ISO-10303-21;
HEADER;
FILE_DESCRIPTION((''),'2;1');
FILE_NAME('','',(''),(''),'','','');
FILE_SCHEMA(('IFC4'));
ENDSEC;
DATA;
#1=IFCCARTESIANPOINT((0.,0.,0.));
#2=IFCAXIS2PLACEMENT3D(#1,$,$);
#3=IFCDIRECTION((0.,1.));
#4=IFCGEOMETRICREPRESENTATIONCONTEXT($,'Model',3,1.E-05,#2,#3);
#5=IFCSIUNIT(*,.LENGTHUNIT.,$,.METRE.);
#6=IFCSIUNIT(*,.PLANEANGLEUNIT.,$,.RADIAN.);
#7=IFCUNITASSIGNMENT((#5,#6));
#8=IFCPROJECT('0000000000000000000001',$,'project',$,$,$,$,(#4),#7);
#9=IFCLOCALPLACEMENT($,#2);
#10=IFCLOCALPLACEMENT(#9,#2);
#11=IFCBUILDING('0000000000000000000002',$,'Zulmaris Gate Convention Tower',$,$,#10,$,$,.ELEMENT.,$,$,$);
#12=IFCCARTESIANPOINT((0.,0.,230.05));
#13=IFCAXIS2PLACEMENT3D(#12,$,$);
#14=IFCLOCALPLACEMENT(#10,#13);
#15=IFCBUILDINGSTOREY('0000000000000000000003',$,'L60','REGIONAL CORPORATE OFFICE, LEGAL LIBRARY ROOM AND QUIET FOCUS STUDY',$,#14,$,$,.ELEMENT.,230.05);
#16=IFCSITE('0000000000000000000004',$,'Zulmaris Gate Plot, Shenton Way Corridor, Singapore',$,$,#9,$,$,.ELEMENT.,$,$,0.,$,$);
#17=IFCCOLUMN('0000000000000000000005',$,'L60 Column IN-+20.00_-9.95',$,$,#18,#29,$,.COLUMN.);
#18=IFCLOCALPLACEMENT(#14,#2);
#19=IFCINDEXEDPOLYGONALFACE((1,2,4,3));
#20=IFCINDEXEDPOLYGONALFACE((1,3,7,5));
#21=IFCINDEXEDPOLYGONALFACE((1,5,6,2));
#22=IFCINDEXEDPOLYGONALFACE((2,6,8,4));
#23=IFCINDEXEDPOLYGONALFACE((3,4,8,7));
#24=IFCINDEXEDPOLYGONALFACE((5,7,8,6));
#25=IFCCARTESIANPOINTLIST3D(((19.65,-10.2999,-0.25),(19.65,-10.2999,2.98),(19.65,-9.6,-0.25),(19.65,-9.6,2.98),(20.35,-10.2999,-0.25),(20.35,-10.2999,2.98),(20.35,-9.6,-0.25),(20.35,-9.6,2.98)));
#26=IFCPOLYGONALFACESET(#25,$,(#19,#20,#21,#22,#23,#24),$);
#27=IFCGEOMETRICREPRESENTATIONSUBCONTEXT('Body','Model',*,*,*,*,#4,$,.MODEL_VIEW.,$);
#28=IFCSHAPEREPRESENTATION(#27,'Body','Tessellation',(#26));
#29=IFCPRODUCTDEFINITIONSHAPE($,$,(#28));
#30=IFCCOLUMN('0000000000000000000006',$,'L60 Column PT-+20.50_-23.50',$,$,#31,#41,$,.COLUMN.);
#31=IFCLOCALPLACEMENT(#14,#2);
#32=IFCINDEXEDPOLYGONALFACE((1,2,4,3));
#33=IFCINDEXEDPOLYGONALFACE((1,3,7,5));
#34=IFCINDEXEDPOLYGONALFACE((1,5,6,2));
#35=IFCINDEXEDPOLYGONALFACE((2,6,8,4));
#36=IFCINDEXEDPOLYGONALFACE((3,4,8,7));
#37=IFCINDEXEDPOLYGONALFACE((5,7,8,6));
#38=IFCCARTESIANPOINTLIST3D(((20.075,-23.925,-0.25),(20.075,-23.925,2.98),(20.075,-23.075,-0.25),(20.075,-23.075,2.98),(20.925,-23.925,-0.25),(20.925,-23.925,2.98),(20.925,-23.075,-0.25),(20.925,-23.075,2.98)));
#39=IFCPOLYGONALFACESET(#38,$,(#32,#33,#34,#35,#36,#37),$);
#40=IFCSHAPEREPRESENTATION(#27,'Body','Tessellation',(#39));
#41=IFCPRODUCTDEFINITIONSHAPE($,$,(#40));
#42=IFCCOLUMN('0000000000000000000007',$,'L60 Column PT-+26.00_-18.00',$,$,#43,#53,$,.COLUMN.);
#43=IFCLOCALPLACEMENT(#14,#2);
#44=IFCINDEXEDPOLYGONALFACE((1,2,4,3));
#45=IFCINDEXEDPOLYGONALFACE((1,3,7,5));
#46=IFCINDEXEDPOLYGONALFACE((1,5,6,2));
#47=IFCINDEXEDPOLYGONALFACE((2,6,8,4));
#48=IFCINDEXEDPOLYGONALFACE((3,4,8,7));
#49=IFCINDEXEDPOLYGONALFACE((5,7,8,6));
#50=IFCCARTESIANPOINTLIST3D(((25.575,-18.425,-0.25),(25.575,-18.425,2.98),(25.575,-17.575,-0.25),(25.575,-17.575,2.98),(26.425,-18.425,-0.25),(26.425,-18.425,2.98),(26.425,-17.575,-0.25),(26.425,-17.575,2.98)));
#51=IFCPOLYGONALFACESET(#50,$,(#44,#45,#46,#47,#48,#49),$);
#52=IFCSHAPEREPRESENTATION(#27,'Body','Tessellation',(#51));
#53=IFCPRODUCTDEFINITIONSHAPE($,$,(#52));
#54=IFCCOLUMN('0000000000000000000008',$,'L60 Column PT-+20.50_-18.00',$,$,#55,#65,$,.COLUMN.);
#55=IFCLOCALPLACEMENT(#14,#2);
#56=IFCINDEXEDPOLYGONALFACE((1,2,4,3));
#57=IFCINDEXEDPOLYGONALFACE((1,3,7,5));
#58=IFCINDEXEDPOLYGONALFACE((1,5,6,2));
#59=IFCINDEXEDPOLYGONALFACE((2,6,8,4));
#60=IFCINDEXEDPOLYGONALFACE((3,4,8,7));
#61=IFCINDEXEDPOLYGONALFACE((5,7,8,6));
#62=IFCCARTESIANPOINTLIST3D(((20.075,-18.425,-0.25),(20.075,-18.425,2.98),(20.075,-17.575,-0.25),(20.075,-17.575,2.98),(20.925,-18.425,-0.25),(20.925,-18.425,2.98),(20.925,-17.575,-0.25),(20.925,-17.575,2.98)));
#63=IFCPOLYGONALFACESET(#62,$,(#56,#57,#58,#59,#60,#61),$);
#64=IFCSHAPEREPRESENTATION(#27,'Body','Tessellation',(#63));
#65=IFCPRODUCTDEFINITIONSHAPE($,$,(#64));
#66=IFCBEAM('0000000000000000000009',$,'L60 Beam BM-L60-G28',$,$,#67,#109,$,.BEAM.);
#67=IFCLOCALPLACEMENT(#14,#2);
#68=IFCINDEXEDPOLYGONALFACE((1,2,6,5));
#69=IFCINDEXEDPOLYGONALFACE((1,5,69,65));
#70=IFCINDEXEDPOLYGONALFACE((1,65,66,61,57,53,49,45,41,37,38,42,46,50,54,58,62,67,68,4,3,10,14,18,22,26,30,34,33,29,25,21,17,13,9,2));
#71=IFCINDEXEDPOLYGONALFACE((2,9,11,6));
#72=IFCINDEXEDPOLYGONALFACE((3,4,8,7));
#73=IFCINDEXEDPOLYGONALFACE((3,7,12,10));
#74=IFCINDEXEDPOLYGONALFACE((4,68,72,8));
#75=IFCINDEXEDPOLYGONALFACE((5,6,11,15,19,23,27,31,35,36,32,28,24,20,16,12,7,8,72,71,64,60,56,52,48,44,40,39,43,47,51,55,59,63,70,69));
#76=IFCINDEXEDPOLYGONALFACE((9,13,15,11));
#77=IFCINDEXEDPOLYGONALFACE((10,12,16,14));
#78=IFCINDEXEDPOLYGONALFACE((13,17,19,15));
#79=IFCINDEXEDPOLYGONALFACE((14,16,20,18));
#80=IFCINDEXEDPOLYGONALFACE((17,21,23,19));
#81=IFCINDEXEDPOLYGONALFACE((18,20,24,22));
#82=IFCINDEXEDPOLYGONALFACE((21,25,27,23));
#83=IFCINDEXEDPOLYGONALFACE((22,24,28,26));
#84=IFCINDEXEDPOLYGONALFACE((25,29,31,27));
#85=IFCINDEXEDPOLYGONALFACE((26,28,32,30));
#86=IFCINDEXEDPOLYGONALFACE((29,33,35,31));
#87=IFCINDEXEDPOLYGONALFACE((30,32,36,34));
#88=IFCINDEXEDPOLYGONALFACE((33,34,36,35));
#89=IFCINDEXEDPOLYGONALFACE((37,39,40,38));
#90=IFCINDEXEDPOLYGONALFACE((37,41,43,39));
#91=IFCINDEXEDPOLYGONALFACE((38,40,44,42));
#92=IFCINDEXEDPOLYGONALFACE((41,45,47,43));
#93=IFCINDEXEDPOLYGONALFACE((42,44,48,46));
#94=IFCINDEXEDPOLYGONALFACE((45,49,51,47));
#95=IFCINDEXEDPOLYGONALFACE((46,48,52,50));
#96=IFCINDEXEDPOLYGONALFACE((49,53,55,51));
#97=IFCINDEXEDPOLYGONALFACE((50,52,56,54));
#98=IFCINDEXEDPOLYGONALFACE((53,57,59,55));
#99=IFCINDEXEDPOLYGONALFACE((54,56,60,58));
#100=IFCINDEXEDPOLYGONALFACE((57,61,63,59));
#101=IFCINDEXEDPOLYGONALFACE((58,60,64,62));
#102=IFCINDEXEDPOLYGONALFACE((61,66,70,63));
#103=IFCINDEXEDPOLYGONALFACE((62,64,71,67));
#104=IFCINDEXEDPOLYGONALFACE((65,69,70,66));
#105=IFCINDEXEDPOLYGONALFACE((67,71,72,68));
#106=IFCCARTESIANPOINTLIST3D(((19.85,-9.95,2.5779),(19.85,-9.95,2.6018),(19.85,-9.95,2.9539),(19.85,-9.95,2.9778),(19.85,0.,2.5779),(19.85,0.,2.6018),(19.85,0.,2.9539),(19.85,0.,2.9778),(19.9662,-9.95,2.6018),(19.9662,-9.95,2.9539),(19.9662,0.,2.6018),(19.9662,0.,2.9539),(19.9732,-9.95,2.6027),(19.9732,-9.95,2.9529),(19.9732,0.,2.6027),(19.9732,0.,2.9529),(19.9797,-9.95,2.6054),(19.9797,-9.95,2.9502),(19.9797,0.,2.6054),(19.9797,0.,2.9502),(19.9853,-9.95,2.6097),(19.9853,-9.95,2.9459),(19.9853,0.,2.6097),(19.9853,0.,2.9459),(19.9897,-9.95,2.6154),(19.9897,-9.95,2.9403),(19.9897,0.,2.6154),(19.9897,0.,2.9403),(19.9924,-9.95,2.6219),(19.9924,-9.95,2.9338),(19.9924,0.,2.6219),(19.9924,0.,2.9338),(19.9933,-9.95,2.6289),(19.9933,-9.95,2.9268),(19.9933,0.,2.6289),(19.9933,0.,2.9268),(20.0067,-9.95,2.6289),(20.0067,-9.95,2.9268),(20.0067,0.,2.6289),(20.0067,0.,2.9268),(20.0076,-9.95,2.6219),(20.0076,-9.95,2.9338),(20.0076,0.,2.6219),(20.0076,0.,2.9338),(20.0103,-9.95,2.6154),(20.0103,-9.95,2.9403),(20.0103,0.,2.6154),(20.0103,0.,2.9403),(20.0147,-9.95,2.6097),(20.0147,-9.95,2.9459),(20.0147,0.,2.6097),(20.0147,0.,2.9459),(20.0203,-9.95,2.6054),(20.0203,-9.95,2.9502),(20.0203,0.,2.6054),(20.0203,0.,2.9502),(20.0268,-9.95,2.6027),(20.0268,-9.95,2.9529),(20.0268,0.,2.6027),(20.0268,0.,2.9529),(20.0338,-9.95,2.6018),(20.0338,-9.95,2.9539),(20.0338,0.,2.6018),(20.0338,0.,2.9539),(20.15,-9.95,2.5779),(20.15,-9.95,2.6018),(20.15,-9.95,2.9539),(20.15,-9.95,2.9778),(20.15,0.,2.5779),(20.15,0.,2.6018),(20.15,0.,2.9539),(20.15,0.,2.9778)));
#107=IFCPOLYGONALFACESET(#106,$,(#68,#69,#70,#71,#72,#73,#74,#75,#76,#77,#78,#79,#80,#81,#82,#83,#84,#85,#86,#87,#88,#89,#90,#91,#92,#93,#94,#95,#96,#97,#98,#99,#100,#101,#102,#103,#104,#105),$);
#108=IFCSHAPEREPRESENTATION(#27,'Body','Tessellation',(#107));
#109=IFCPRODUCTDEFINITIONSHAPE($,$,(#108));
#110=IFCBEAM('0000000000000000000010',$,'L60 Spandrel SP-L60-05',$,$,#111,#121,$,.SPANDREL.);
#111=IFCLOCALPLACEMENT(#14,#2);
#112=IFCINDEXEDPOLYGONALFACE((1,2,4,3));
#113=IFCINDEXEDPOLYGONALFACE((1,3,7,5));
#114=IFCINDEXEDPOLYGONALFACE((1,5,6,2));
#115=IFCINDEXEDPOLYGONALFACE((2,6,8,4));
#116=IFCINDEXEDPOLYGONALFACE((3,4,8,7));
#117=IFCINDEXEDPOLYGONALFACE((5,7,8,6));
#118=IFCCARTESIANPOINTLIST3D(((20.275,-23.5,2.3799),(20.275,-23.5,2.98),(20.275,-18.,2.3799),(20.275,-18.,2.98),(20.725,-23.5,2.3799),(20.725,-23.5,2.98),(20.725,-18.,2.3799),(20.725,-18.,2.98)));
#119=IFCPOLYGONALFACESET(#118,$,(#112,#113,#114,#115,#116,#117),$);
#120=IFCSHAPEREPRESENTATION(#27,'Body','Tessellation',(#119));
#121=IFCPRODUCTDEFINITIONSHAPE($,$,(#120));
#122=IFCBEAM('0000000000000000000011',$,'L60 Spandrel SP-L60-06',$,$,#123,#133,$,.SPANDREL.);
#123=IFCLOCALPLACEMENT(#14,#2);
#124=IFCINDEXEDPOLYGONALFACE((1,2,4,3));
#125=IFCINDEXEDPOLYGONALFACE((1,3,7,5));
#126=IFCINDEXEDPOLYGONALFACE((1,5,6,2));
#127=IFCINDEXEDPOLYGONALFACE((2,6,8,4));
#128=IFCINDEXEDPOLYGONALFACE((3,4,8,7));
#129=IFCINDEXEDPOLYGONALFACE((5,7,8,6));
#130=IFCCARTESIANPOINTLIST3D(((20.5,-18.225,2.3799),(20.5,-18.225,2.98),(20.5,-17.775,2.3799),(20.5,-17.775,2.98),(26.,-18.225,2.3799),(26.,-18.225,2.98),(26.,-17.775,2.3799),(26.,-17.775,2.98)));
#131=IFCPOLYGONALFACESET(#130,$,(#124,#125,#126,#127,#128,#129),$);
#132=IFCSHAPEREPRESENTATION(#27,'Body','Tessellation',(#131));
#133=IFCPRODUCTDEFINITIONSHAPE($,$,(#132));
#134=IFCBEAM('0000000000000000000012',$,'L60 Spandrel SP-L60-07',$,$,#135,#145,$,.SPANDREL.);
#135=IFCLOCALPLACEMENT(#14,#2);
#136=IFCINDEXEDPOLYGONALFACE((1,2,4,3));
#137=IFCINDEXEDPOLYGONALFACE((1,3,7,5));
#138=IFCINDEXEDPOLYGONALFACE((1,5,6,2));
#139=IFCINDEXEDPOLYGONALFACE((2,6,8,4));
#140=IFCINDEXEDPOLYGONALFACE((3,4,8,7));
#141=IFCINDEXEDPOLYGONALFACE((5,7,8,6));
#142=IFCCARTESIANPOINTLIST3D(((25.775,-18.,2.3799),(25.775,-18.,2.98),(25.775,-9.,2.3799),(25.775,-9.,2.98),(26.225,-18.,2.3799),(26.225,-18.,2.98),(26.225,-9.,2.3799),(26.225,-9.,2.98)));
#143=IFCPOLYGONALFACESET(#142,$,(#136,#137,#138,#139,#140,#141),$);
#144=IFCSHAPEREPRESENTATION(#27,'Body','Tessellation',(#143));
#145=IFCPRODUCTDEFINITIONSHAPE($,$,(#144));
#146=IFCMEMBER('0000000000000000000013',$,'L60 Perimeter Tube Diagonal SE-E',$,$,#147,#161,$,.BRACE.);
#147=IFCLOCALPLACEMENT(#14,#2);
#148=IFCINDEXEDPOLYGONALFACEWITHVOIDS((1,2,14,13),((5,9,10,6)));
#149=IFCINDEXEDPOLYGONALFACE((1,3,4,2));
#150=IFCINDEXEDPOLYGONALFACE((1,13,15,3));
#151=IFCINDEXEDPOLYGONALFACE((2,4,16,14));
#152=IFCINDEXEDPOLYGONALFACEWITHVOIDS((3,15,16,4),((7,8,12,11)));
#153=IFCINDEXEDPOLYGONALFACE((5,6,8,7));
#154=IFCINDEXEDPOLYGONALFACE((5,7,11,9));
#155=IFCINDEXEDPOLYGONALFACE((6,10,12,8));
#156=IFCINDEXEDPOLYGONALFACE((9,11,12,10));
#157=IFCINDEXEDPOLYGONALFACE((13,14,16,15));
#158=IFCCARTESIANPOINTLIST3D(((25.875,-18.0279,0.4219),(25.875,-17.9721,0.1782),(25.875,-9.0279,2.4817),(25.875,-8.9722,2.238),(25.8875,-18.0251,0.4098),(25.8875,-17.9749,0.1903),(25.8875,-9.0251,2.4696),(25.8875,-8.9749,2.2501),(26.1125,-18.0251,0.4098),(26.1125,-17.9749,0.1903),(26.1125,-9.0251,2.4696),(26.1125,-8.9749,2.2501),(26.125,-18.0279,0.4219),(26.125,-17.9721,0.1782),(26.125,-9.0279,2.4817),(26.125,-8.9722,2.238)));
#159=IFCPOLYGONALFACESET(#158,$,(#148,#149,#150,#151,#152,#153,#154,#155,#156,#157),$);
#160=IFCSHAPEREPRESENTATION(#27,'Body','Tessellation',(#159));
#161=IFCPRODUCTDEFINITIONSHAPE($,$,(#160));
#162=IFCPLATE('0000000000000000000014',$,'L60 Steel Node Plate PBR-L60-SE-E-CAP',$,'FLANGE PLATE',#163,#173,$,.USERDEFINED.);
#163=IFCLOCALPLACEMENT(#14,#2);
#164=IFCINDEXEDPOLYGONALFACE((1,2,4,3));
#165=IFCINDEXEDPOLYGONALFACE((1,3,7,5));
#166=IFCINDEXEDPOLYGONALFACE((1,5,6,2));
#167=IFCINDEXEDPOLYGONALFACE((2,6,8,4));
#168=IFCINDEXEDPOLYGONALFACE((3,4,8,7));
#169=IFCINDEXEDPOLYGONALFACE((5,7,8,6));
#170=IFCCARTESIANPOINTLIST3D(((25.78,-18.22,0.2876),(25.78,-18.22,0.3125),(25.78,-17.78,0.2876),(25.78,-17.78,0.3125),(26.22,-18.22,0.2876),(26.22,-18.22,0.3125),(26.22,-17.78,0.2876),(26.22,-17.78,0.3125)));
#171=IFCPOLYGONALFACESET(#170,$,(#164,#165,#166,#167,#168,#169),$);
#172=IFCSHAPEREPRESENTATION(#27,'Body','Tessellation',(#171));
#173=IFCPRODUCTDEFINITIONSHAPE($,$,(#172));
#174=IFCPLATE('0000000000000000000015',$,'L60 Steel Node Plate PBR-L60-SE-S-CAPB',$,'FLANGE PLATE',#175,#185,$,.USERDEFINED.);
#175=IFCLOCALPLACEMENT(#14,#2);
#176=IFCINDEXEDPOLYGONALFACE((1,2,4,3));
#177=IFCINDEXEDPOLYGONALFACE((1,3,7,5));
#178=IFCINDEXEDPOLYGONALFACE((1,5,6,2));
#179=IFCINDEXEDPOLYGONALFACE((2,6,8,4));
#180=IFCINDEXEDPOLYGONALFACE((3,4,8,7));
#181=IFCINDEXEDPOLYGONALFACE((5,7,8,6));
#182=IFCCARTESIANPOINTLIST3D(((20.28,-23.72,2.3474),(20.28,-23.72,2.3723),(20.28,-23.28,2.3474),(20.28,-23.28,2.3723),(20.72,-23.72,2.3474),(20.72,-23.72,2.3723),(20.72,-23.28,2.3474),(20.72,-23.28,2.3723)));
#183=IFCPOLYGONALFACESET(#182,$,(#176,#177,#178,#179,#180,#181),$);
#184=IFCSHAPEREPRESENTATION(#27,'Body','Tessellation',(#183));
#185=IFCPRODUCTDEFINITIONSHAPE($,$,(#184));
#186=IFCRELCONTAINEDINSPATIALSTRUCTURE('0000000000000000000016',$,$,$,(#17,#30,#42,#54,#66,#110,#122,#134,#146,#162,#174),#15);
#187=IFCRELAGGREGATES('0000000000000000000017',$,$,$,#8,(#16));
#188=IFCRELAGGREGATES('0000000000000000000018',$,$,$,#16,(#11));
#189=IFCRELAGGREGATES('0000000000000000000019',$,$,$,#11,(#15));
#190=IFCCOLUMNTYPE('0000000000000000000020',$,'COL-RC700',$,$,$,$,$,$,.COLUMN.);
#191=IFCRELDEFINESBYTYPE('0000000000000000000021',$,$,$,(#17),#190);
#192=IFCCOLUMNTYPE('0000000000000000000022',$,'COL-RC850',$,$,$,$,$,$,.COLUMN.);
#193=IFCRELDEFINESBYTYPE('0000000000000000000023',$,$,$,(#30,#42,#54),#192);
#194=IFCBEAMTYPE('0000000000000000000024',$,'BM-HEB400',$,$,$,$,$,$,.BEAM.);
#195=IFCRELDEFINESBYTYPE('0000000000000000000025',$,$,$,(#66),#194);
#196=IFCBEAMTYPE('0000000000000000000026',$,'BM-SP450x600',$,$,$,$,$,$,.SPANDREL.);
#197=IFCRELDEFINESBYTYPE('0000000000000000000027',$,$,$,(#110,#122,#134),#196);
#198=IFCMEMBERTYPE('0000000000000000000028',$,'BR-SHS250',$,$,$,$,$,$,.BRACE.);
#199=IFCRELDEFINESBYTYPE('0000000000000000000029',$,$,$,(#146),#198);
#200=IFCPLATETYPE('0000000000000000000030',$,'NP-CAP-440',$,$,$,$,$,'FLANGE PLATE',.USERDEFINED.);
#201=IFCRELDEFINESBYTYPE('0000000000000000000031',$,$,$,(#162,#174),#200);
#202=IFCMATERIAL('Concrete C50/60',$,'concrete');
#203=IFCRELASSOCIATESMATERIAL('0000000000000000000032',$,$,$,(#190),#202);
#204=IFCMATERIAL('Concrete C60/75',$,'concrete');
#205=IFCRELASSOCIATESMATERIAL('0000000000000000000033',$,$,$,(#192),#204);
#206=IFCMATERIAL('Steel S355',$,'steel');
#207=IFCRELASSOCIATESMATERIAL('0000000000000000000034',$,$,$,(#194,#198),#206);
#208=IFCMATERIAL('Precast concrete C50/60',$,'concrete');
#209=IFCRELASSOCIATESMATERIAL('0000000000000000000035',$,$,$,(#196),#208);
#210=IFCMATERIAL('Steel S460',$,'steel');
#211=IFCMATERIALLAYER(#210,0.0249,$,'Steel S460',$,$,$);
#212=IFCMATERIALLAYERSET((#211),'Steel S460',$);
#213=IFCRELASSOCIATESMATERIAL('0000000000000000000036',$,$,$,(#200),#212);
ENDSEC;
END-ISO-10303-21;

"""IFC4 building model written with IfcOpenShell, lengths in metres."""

from ifc_helpers import new_model, si_unit, direction, frame, origin, origin_2d, place, context, subcontext, project, spatial, rectangle, hollow_rectangle, i_section, extrude, material, layer, layer_set, material_profile, profile_set, type_object, element, save


model = new_model("IFC4")

# Units and contexts
model_context = context("Model", 3, precision=1e-05, world=origin(), true_north=direction((0.0, 1.0)))
body_context = subcontext(model_context, "Body", "Model", "MODEL_VIEW")
ifc_project = project(units=[si_unit("LENGTHUNIT", "METRE"), si_unit("PLANEANGLEUNIT", "RADIAN")], contexts=[model_context])

# Site, building, storey
site_placement = place(None, origin())
site = spatial("IfcSite", under=ifc_project, at=site_placement, Name="Zulmaris Gate Plot, Shenton Way Corridor, Singapore", CompositionType="ELEMENT", RefElevation=0.0)
building_placement = place(site_placement, origin())
building = spatial("IfcBuilding", under=site, at=building_placement, Name="Zulmaris Gate Convention Tower", CompositionType="ELEMENT")
storey_placement = place(building_placement, frame((0.0, 0.0, 230.05)))
storey = spatial("IfcBuildingStorey", under=building, at=storey_placement, Name="L60", Description="REGIONAL CORPORATE OFFICE, LEGAL LIBRARY ROOM AND QUIET FOCUS STUDY", CompositionType="ELEMENT", Elevation=230.05)

# Columns
ifc_material_1 = material(Name="Concrete C50/60", Category="concrete")
ifc_material_profile_1 = material_profile(ifc_material_1, rectangle(XDim=0.7, YDim=0.7, at=origin_2d()), Name="RC COL 700x700")
ifc_profile_set_1 = profile_set([ifc_material_profile_1], Name="Concrete C50/60")
column_type_1 = type_object("IfcColumnType", Name="COL-RC700", PredefinedType="COLUMN", material=ifc_profile_set_1)
column_placement = place(storey_placement, frame((20.0, -9.95, -0.25), z_axis=(0.0, 0.0, 1.0), x_axis=(1.0, 0.0, 0.0)))
element("IfcColumn", 1, at=column_placement, inside=storey, type_object=column_type_1, Name="L60 Column IN-+20.00_-9.95", PredefinedType="COLUMN", context=body_context, shape_type="SweptSolid", body=[
    extrude(rectangle(XDim=0.7, YDim=0.7, at=origin_2d()), origin(), (0.0, 0.0, 1.0), 3.23),
])
ifc_material_2 = material(Name="Concrete C60/75", Category="concrete")
ifc_material_profile_2 = material_profile(ifc_material_2, rectangle(XDim=0.8501, YDim=0.8501, at=origin_2d()), Name="RC COL 850x850")
ifc_profile_set_2 = profile_set([ifc_material_profile_2], Name="Concrete C60/75")
column_type_2 = type_object("IfcColumnType", Name="COL-RC850", PredefinedType="COLUMN", material=ifc_profile_set_2)
for number, where, z_axis, x_axis, name in (
    (2, (20.5, -23.5, -0.25), (0.0, 0.0, 1.0), (1.0, 0.0, 0.0), "L60 Column PT-+20.50_-23.50"),
    (3, (26.0, -18.0, -0.25), (0.0, 0.0, 1.0), (1.0, 0.0, 0.0), "L60 Column PT-+26.00_-18.00"),
    (4, (20.5, -18.0, -0.25), (0.0, 0.0, 1.0), (1.0, 0.0, 0.0), "L60 Column PT-+20.50_-18.00"),
):
    element("IfcColumn", number, at=place(storey_placement, frame(where, z_axis=z_axis, x_axis=x_axis)), inside=storey, type_object=column_type_2, Name=name, PredefinedType="COLUMN", context=body_context, shape_type="SweptSolid", body=[
        extrude(rectangle(XDim=0.8501, YDim=0.8501, at=origin_2d()), origin(), (0.0, 0.0, 1.0), 3.23),
    ])

# Beams
ifc_material_3 = material(Name="Steel S355", Category="steel")
ifc_material_profile_3 = material_profile(ifc_material_3, i_section(OverallWidth=0.3, OverallDepth=0.3999, WebThickness=0.0134, FlangeThickness=0.0239, FilletRadius=0.0271, at=origin_2d()), Name="HEB 400")
ifc_profile_set_3 = profile_set([ifc_material_profile_3], Name="Steel S355")
beam_type_1 = type_object("IfcBeamType", Name="BM-HEB400", PredefinedType="BEAM", material=ifc_profile_set_3)
beam_1_placement = place(storey_placement, frame((20.0, -9.95, 2.7778), z_axis=(0.0, 1.0, 0.0), x_axis=(-1.0, 0.0, 0.0)))
element("IfcBeam", 5, at=beam_1_placement, inside=storey, type_object=beam_type_1, Name="L60 Beam BM-L60-G28", PredefinedType="BEAM", context=body_context, shape_type="SweptSolid", body=[
    extrude(i_section(OverallWidth=0.3, OverallDepth=0.3999, WebThickness=0.0134, FlangeThickness=0.0239, FilletRadius=0.0271, at=origin_2d()), origin(), (0.0, 0.0, 1.0), 9.95),
])
ifc_material_4 = material(Name="Precast concrete C50/60", Category="concrete")
ifc_material_profile_4 = material_profile(ifc_material_4, rectangle(XDim=0.45, YDim=0.6001, at=origin_2d()), Name="RC SPANDREL 450x600")
ifc_profile_set_4 = profile_set([ifc_material_profile_4], Name="Precast concrete C50/60")
beam_type_2 = type_object("IfcBeamType", Name="BM-SP450x600", PredefinedType="SPANDREL", material=ifc_profile_set_4)
for number, where, z_axis, x_axis, name in (
    (6, (20.5, -23.5, 2.6799), (0.0, 1.0, 0.0), (-1.0, 0.0, 0.0), "L60 Spandrel SP-L60-05"),
    (7, (20.5, -18.0, 2.6799), (1.0, 0.0, 0.0), (0.0, 1.0, 0.0), "L60 Spandrel SP-L60-06"),
):
    element("IfcBeam", number, at=place(storey_placement, frame(where, z_axis=z_axis, x_axis=x_axis)), inside=storey, type_object=beam_type_2, Name=name, PredefinedType="SPANDREL", context=body_context, shape_type="SweptSolid", body=[
        extrude(rectangle(XDim=0.45, YDim=0.6001, at=origin_2d()), origin(), (0.0, 0.0, 1.0), 5.5),
    ])
beam_2_placement = place(storey_placement, frame((26.0, -18.0, 2.6799), z_axis=(0.0, 1.0, 0.0), x_axis=(-1.0, 0.0, 0.0)))
element("IfcBeam", 8, at=beam_2_placement, inside=storey, type_object=beam_type_2, Name="L60 Spandrel SP-L60-07", PredefinedType="SPANDREL", context=body_context, shape_type="SweptSolid", body=[
    extrude(rectangle(XDim=0.45, YDim=0.6001, at=origin_2d()), origin(), (0.0, 0.0, 1.0), 9.0),
])

# Member
ifc_material_profile_5 = material_profile(ifc_material_3, hollow_rectangle(XDim=0.25, YDim=0.25, WallThickness=0.0125, at=origin_2d()), Name="SHS 250x250x12.5")
ifc_profile_set_5 = profile_set([ifc_material_profile_5], Name="Steel S355")
member_type = type_object("IfcMemberType", Name="BR-SHS250", PredefinedType="BRACE", material=ifc_profile_set_5)
member_placement = place(storey_placement, frame((26.0, -18.0, 0.3), z_axis=(0.0, 0.974796, 0.2231), x_axis=(-1.0, 0.0, 0.0)))
element("IfcMember", 9, at=member_placement, inside=storey, type_object=member_type, Name="L60 Perimeter Tube Diagonal SE-E", PredefinedType="BRACE", context=body_context, shape_type="SweptSolid", body=[
    extrude(hollow_rectangle(XDim=0.25, YDim=0.25, WallThickness=0.0125, at=origin_2d()), origin(), (0.0, 0.0, 1.0), 9.2327),
])

# Plates
ifc_material_5 = material(Name="Steel S460", Category="steel")
ifc_layer_1 = layer(ifc_material_5, 0.0249, Name="Steel S460")
ifc_layer_set_1 = layer_set([ifc_layer_1], Name="Steel S460")
plate_type = type_object("IfcPlateType", Name="NP-CAP-440", ElementType="FLANGE PLATE", PredefinedType="USERDEFINED", material=ifc_layer_set_1)
for number, where, z_axis, x_axis, name in (
    (10, (26.0, -18.0, 0.2876), (0.0, 0.0, 1.0), (1.0, 0.0, 0.0), "L60 Steel Node Plate PBR-L60-SE-E-CAP"),
    (11, (20.5, -23.5, 2.3474), (0.0, 0.0, 1.0), (1.0, 0.0, 0.0), "L60 Steel Node Plate PBR-L60-SE-S-CAPB"),
):
    element("IfcPlate", number, at=place(storey_placement, frame(where, z_axis=z_axis, x_axis=x_axis)), inside=storey, type_object=plate_type, Name=name, ObjectType="FLANGE PLATE", PredefinedType="USERDEFINED", context=body_context, shape_type="SweptSolid", body=[
        extrude(rectangle(XDim=0.4399, YDim=0.4399, at=origin_2d()), origin(), (0.0, 0.0, 1.0), 0.0249),
    ])

save(model, "model.ifc")
